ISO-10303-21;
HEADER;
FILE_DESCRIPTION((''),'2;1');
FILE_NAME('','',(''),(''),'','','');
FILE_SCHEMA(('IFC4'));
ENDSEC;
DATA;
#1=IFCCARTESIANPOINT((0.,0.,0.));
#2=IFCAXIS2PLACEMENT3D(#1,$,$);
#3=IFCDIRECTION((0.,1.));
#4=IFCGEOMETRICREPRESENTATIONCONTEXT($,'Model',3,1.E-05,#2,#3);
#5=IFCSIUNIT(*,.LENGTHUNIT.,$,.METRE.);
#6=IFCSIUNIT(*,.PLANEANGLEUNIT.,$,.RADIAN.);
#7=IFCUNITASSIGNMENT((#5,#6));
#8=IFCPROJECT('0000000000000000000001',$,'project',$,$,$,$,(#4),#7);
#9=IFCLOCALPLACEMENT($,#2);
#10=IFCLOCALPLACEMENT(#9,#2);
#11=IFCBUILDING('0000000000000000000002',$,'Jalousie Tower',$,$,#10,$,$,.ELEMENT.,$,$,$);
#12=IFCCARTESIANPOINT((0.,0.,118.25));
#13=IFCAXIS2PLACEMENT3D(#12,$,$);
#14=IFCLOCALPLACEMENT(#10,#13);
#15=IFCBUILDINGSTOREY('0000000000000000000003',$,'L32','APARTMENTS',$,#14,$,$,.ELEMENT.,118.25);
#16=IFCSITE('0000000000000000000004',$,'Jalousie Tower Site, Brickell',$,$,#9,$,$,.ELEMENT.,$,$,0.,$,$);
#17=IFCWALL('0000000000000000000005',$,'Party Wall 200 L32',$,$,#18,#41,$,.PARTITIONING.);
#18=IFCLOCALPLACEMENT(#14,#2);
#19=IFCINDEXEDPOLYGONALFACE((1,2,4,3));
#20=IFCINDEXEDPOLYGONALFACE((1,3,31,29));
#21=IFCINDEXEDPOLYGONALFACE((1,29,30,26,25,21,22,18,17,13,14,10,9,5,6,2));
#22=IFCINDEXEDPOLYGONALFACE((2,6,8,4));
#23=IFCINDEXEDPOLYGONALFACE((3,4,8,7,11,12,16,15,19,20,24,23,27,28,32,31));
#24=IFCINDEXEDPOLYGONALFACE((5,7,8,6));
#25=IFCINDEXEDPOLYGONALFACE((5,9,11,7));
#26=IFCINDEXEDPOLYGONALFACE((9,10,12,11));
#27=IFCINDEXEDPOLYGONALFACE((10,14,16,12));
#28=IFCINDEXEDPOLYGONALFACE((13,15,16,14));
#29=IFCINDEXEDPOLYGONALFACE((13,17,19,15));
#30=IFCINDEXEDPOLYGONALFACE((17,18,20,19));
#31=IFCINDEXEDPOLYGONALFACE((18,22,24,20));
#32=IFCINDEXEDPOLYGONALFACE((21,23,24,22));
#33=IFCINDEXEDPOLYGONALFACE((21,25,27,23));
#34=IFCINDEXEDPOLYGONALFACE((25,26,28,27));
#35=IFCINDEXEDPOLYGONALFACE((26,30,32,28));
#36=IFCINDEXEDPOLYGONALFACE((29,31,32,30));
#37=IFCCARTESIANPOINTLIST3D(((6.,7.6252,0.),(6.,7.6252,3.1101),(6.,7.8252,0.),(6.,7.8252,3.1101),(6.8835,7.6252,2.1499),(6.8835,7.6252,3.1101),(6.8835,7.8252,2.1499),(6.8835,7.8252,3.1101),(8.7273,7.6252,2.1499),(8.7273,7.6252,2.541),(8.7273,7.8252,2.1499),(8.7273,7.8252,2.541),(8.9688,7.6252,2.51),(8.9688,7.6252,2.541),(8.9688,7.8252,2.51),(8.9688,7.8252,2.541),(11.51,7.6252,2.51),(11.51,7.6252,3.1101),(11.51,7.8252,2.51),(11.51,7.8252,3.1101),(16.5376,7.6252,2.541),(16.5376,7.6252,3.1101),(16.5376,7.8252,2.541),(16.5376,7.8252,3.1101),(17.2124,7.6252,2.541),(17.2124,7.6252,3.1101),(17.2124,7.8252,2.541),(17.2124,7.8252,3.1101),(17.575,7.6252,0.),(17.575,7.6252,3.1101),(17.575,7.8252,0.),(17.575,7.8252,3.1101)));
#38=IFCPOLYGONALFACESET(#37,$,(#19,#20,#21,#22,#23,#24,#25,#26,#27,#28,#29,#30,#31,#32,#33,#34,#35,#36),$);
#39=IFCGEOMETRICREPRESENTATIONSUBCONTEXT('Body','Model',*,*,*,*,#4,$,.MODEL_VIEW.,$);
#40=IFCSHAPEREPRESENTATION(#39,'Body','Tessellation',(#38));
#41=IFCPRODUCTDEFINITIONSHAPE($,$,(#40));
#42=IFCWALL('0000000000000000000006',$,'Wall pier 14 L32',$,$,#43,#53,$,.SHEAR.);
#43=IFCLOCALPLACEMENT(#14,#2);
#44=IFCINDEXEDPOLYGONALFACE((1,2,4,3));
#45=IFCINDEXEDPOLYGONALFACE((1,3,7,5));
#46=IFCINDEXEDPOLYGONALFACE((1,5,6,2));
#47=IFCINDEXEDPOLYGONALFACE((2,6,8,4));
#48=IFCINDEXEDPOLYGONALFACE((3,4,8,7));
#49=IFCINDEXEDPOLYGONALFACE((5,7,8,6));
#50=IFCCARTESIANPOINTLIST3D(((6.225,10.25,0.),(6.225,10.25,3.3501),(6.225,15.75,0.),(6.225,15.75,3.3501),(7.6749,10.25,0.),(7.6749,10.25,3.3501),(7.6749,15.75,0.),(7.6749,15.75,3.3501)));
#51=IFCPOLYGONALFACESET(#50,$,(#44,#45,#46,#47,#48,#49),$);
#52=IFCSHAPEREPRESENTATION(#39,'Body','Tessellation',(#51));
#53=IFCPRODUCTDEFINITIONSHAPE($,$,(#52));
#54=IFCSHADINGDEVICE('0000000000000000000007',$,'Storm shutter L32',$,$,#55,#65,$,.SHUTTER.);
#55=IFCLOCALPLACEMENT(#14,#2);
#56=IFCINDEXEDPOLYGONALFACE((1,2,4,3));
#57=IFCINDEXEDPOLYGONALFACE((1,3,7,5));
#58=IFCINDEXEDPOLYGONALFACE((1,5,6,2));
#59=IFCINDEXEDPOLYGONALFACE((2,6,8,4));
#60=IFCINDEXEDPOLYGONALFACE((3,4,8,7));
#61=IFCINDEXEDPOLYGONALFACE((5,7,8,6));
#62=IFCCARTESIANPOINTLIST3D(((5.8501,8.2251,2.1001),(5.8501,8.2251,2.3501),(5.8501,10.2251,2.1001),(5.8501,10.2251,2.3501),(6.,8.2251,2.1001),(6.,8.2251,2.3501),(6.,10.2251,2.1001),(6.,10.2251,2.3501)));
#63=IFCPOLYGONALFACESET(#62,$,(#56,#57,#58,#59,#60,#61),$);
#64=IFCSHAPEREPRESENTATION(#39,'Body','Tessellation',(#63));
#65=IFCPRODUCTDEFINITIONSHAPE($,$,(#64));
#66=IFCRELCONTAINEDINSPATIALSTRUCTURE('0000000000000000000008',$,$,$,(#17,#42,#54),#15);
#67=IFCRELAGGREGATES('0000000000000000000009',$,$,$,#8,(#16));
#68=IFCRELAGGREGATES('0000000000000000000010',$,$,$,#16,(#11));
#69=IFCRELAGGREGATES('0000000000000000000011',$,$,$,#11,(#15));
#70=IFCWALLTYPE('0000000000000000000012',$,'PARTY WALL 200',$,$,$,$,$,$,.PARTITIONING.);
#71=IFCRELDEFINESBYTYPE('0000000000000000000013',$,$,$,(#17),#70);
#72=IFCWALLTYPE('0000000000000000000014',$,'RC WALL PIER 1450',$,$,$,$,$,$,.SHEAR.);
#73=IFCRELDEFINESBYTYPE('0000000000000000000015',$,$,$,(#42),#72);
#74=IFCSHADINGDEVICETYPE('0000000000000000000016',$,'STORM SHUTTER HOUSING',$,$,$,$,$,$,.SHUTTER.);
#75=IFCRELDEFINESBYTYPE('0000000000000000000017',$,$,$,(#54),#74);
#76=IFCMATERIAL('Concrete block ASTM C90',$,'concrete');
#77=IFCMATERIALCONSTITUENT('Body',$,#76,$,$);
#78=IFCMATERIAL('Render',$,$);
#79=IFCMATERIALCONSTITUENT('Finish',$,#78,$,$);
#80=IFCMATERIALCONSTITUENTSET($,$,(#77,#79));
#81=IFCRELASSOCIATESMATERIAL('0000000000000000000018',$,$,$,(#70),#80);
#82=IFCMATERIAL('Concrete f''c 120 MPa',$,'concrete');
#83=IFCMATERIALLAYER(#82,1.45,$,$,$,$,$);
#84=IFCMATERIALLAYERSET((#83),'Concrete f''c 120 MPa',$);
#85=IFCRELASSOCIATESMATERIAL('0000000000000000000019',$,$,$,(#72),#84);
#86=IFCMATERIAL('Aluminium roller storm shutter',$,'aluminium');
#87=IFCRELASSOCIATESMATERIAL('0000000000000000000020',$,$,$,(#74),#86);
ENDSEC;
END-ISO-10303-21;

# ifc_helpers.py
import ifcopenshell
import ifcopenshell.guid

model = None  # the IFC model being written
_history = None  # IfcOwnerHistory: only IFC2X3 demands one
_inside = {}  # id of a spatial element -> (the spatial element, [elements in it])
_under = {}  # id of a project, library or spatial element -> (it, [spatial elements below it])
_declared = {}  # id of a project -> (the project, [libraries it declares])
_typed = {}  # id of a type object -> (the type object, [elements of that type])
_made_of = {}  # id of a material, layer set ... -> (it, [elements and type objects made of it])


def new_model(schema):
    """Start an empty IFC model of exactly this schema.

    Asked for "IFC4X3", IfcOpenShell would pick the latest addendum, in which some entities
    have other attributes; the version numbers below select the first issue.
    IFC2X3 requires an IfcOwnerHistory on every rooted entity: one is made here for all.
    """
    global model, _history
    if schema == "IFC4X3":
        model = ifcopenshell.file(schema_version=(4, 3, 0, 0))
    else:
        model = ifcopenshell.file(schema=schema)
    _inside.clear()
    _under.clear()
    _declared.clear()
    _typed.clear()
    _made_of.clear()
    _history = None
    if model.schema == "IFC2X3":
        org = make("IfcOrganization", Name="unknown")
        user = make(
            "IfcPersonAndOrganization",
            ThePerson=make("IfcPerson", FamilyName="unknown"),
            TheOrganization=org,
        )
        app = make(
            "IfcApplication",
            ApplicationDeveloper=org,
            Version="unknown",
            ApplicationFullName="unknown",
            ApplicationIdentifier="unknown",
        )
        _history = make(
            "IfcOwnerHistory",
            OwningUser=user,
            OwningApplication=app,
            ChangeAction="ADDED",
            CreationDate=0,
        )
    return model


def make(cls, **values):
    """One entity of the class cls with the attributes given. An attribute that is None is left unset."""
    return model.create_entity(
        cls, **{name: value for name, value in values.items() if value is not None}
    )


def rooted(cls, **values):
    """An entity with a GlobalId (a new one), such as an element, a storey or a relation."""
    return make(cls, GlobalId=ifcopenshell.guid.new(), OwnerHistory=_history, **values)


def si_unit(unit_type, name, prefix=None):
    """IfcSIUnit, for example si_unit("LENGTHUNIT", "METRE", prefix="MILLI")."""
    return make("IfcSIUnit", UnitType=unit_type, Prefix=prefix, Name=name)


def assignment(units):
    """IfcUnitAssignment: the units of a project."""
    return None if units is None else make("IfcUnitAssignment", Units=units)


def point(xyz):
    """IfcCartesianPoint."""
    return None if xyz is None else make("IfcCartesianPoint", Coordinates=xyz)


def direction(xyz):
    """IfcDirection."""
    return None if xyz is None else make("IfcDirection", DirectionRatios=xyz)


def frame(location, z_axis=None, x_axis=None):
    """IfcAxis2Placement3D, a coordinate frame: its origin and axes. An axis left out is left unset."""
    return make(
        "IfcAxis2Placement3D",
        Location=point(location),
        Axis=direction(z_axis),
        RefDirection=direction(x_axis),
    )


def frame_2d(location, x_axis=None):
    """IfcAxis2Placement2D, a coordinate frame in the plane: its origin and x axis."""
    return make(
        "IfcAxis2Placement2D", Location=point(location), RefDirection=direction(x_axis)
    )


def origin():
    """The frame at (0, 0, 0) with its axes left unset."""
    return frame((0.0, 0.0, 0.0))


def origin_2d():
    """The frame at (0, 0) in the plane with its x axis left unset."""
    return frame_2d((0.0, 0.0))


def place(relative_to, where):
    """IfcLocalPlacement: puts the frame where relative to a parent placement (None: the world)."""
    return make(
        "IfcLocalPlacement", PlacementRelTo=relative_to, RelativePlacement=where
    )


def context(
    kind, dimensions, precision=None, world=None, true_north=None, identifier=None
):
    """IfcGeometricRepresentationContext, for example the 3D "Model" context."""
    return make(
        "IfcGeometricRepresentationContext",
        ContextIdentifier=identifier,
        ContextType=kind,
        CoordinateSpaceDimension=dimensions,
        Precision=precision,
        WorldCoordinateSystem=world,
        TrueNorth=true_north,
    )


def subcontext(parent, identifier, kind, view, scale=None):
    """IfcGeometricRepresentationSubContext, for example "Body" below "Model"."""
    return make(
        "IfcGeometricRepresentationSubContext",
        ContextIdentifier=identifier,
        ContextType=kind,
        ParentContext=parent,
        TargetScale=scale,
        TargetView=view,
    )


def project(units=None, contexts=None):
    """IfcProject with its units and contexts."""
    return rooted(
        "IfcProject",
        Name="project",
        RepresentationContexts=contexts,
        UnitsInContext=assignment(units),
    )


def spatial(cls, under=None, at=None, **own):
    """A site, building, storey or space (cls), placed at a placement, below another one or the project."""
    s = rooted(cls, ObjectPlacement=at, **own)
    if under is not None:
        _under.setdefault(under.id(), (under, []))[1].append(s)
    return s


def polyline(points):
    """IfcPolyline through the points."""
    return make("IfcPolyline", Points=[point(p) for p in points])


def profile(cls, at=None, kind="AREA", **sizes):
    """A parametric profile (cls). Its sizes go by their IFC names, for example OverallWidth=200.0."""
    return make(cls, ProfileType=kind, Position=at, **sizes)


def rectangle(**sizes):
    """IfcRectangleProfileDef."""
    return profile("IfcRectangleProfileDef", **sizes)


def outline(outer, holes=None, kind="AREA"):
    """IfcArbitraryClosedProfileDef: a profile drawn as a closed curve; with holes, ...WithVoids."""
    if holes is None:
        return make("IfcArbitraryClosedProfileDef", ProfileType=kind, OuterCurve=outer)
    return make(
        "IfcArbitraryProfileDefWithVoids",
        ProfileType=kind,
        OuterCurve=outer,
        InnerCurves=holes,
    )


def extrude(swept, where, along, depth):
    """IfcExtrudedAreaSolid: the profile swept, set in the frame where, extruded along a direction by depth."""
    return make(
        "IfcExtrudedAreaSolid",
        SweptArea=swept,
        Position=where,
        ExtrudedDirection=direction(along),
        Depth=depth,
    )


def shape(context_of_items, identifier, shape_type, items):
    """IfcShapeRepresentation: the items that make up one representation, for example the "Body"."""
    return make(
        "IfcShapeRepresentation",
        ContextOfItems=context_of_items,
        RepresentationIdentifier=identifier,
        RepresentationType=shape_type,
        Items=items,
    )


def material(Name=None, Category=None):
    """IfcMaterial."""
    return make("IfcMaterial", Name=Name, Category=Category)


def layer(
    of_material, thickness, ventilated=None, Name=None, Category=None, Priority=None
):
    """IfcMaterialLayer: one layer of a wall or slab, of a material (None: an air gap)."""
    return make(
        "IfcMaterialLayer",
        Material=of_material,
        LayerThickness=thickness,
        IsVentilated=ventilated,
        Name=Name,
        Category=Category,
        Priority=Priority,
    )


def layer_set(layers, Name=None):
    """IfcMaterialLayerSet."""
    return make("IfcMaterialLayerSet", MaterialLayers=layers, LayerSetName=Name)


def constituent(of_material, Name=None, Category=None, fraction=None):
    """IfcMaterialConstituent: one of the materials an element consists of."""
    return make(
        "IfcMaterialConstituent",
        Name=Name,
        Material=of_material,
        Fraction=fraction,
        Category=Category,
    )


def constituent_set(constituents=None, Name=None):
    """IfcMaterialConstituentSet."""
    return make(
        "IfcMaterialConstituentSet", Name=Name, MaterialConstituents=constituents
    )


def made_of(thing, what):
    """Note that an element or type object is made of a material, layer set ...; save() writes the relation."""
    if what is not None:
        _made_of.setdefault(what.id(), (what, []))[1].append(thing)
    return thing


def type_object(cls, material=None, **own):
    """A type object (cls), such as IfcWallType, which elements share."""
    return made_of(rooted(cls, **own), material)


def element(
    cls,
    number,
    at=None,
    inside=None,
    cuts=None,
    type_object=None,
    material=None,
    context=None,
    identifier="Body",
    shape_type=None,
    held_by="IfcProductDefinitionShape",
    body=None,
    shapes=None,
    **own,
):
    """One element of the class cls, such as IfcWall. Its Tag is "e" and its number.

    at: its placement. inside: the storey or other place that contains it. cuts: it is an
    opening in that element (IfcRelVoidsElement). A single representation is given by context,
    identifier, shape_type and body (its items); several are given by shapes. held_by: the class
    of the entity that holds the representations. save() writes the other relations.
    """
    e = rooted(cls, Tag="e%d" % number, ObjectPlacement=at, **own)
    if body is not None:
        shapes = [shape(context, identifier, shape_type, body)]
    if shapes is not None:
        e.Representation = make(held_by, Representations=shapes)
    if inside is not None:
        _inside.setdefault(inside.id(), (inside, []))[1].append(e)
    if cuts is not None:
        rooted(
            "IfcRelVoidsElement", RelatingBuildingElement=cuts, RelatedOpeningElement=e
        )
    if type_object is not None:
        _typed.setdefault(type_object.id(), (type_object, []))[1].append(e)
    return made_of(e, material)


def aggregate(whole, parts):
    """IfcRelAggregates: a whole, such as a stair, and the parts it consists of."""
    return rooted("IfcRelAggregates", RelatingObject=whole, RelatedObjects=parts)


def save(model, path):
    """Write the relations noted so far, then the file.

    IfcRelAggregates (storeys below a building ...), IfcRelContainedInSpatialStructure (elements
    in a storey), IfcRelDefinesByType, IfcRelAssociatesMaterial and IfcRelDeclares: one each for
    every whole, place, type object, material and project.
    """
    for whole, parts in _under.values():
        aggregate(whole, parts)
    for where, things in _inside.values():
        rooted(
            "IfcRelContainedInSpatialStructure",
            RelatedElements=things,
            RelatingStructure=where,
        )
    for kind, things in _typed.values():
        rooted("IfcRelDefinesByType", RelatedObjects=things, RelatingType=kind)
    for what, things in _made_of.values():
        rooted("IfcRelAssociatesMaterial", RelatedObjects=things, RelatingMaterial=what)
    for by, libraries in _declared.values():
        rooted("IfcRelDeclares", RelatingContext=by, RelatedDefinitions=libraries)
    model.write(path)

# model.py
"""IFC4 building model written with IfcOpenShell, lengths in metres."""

from ifc_helpers import new_model, si_unit, direction, frame, frame_2d, origin, origin_2d, place, context, subcontext, project, spatial, polyline, rectangle, outline, extrude, material, layer, layer_set, constituent, constituent_set, type_object, element, save


model = new_model("IFC4")

# Units and contexts
model_context = context("Model", 3, precision=1e-05, world=origin(), true_north=direction((0.0, 1.0)))
body_context = subcontext(model_context, "Body", "Model", "MODEL_VIEW")
ifc_project = project(units=[si_unit("LENGTHUNIT", "METRE"), si_unit("PLANEANGLEUNIT", "RADIAN")], contexts=[model_context])

# Site, building, storey
site_placement = place(None, origin())
site = spatial("IfcSite", under=ifc_project, at=site_placement, Name="Jalousie Tower Site, Brickell", CompositionType="ELEMENT", RefElevation=0.0)
building_placement = place(site_placement, origin())
building = spatial("IfcBuilding", under=site, at=building_placement, Name="Jalousie Tower", CompositionType="ELEMENT")
storey_placement = place(building_placement, frame((0.0, 0.0, 118.25)))
storey = spatial("IfcBuildingStorey", under=building, at=storey_placement, Name="L32", Description="APARTMENTS", CompositionType="ELEMENT", Elevation=118.25)

# Walls
ifc_material_1 = material(Name="Concrete block ASTM C90", Category="concrete")
ifc_constituent_1 = constituent(ifc_material_1, Name="Body")
ifc_material_2 = material(Name="Render")
ifc_constituent_2 = constituent(ifc_material_2, Name="Finish")
ifc_constituent_set_1 = constituent_set(constituents=[ifc_constituent_1, ifc_constituent_2])
wall_type_1 = type_object("IfcWallType", Name="PARTY WALL 200", PredefinedType="PARTITIONING", material=ifc_constituent_set_1)
wall_1_placement = place(storey_placement, frame((6.0, 7.7251, 0.0), z_axis=(0.0, 0.0, 1.0), x_axis=(1.0, 0.0, 0.0)))
element("IfcWall", 1, at=wall_1_placement, inside=storey, type_object=wall_type_1, Name="Party Wall 200 L32", PredefinedType="PARTITIONING", context=body_context, shape_type="SweptSolid", body=[
    extrude(outline(polyline([(0.0, 0.0), (11.575, 0.0), (11.575, 3.1101), (11.2124, 3.1101), (11.2124, 2.541), (10.5376, 2.541), (10.5376, 3.1101), (5.51, 3.1101), (5.51, 2.51), (2.9688, 2.51), (2.9688, 2.541), (2.7273, 2.541), (2.7273, 2.1499), (0.8835, 2.1499), (0.8835, 3.1101), (0.0, 3.1101), (0.0, 0.0)])), frame((0.0, 0.1001, 0.0), z_axis=(0.0, -1.0, 0.0), x_axis=(1.0, 0.0, 0.0)), (0.0, 0.0, 1.0), 0.2),
])
ifc_material_3 = material(Name="Concrete f'c 120 MPa", Category="concrete")
ifc_layer_1 = layer(ifc_material_3, 1.45)
ifc_layer_set_1 = layer_set([ifc_layer_1], Name="Concrete f'c 120 MPa")
wall_type_2 = type_object("IfcWallType", Name="RC WALL PIER 1450", PredefinedType="SHEAR", material=ifc_layer_set_1)
wall_2_placement = place(storey_placement, frame((6.95, 10.25, 0.0), z_axis=(0.0, 0.0, 1.0), x_axis=(0.0, 1.0, 0.0)))
element("IfcWall", 2, at=wall_2_placement, inside=storey, type_object=wall_type_2, Name="Wall pier 14 L32", PredefinedType="SHEAR", context=body_context, shape_type="SweptSolid", body=[
    extrude(rectangle(XDim=5.5, YDim=1.45, at=frame_2d((2.75, 0.0))), origin(), (0.0, 0.0, 1.0), 3.3501),
])

# Shading device
ifc_material_4 = material(Name="Aluminium roller storm shutter", Category="aluminium")
shading_device_type = type_object("IfcShadingDeviceType", Name="STORM SHUTTER HOUSING", PredefinedType="SHUTTER", material=ifc_material_4)
shading_device_placement = place(storey_placement, frame((5.925, 9.2251, 2.1001), z_axis=(0.0, 0.0, 1.0), x_axis=(0.0, -1.0, 0.0)))
element("IfcShadingDevice", 3, at=shading_device_placement, inside=storey, type_object=shading_device_type, Name="Storm shutter L32", PredefinedType="SHUTTER", context=body_context, shape_type="SweptSolid", body=[
    extrude(rectangle(XDim=2.0, YDim=0.1499, at=origin_2d()), origin(), (0.0, 0.0, 1.0), 0.25),
])

save(model, "model.ifc")
